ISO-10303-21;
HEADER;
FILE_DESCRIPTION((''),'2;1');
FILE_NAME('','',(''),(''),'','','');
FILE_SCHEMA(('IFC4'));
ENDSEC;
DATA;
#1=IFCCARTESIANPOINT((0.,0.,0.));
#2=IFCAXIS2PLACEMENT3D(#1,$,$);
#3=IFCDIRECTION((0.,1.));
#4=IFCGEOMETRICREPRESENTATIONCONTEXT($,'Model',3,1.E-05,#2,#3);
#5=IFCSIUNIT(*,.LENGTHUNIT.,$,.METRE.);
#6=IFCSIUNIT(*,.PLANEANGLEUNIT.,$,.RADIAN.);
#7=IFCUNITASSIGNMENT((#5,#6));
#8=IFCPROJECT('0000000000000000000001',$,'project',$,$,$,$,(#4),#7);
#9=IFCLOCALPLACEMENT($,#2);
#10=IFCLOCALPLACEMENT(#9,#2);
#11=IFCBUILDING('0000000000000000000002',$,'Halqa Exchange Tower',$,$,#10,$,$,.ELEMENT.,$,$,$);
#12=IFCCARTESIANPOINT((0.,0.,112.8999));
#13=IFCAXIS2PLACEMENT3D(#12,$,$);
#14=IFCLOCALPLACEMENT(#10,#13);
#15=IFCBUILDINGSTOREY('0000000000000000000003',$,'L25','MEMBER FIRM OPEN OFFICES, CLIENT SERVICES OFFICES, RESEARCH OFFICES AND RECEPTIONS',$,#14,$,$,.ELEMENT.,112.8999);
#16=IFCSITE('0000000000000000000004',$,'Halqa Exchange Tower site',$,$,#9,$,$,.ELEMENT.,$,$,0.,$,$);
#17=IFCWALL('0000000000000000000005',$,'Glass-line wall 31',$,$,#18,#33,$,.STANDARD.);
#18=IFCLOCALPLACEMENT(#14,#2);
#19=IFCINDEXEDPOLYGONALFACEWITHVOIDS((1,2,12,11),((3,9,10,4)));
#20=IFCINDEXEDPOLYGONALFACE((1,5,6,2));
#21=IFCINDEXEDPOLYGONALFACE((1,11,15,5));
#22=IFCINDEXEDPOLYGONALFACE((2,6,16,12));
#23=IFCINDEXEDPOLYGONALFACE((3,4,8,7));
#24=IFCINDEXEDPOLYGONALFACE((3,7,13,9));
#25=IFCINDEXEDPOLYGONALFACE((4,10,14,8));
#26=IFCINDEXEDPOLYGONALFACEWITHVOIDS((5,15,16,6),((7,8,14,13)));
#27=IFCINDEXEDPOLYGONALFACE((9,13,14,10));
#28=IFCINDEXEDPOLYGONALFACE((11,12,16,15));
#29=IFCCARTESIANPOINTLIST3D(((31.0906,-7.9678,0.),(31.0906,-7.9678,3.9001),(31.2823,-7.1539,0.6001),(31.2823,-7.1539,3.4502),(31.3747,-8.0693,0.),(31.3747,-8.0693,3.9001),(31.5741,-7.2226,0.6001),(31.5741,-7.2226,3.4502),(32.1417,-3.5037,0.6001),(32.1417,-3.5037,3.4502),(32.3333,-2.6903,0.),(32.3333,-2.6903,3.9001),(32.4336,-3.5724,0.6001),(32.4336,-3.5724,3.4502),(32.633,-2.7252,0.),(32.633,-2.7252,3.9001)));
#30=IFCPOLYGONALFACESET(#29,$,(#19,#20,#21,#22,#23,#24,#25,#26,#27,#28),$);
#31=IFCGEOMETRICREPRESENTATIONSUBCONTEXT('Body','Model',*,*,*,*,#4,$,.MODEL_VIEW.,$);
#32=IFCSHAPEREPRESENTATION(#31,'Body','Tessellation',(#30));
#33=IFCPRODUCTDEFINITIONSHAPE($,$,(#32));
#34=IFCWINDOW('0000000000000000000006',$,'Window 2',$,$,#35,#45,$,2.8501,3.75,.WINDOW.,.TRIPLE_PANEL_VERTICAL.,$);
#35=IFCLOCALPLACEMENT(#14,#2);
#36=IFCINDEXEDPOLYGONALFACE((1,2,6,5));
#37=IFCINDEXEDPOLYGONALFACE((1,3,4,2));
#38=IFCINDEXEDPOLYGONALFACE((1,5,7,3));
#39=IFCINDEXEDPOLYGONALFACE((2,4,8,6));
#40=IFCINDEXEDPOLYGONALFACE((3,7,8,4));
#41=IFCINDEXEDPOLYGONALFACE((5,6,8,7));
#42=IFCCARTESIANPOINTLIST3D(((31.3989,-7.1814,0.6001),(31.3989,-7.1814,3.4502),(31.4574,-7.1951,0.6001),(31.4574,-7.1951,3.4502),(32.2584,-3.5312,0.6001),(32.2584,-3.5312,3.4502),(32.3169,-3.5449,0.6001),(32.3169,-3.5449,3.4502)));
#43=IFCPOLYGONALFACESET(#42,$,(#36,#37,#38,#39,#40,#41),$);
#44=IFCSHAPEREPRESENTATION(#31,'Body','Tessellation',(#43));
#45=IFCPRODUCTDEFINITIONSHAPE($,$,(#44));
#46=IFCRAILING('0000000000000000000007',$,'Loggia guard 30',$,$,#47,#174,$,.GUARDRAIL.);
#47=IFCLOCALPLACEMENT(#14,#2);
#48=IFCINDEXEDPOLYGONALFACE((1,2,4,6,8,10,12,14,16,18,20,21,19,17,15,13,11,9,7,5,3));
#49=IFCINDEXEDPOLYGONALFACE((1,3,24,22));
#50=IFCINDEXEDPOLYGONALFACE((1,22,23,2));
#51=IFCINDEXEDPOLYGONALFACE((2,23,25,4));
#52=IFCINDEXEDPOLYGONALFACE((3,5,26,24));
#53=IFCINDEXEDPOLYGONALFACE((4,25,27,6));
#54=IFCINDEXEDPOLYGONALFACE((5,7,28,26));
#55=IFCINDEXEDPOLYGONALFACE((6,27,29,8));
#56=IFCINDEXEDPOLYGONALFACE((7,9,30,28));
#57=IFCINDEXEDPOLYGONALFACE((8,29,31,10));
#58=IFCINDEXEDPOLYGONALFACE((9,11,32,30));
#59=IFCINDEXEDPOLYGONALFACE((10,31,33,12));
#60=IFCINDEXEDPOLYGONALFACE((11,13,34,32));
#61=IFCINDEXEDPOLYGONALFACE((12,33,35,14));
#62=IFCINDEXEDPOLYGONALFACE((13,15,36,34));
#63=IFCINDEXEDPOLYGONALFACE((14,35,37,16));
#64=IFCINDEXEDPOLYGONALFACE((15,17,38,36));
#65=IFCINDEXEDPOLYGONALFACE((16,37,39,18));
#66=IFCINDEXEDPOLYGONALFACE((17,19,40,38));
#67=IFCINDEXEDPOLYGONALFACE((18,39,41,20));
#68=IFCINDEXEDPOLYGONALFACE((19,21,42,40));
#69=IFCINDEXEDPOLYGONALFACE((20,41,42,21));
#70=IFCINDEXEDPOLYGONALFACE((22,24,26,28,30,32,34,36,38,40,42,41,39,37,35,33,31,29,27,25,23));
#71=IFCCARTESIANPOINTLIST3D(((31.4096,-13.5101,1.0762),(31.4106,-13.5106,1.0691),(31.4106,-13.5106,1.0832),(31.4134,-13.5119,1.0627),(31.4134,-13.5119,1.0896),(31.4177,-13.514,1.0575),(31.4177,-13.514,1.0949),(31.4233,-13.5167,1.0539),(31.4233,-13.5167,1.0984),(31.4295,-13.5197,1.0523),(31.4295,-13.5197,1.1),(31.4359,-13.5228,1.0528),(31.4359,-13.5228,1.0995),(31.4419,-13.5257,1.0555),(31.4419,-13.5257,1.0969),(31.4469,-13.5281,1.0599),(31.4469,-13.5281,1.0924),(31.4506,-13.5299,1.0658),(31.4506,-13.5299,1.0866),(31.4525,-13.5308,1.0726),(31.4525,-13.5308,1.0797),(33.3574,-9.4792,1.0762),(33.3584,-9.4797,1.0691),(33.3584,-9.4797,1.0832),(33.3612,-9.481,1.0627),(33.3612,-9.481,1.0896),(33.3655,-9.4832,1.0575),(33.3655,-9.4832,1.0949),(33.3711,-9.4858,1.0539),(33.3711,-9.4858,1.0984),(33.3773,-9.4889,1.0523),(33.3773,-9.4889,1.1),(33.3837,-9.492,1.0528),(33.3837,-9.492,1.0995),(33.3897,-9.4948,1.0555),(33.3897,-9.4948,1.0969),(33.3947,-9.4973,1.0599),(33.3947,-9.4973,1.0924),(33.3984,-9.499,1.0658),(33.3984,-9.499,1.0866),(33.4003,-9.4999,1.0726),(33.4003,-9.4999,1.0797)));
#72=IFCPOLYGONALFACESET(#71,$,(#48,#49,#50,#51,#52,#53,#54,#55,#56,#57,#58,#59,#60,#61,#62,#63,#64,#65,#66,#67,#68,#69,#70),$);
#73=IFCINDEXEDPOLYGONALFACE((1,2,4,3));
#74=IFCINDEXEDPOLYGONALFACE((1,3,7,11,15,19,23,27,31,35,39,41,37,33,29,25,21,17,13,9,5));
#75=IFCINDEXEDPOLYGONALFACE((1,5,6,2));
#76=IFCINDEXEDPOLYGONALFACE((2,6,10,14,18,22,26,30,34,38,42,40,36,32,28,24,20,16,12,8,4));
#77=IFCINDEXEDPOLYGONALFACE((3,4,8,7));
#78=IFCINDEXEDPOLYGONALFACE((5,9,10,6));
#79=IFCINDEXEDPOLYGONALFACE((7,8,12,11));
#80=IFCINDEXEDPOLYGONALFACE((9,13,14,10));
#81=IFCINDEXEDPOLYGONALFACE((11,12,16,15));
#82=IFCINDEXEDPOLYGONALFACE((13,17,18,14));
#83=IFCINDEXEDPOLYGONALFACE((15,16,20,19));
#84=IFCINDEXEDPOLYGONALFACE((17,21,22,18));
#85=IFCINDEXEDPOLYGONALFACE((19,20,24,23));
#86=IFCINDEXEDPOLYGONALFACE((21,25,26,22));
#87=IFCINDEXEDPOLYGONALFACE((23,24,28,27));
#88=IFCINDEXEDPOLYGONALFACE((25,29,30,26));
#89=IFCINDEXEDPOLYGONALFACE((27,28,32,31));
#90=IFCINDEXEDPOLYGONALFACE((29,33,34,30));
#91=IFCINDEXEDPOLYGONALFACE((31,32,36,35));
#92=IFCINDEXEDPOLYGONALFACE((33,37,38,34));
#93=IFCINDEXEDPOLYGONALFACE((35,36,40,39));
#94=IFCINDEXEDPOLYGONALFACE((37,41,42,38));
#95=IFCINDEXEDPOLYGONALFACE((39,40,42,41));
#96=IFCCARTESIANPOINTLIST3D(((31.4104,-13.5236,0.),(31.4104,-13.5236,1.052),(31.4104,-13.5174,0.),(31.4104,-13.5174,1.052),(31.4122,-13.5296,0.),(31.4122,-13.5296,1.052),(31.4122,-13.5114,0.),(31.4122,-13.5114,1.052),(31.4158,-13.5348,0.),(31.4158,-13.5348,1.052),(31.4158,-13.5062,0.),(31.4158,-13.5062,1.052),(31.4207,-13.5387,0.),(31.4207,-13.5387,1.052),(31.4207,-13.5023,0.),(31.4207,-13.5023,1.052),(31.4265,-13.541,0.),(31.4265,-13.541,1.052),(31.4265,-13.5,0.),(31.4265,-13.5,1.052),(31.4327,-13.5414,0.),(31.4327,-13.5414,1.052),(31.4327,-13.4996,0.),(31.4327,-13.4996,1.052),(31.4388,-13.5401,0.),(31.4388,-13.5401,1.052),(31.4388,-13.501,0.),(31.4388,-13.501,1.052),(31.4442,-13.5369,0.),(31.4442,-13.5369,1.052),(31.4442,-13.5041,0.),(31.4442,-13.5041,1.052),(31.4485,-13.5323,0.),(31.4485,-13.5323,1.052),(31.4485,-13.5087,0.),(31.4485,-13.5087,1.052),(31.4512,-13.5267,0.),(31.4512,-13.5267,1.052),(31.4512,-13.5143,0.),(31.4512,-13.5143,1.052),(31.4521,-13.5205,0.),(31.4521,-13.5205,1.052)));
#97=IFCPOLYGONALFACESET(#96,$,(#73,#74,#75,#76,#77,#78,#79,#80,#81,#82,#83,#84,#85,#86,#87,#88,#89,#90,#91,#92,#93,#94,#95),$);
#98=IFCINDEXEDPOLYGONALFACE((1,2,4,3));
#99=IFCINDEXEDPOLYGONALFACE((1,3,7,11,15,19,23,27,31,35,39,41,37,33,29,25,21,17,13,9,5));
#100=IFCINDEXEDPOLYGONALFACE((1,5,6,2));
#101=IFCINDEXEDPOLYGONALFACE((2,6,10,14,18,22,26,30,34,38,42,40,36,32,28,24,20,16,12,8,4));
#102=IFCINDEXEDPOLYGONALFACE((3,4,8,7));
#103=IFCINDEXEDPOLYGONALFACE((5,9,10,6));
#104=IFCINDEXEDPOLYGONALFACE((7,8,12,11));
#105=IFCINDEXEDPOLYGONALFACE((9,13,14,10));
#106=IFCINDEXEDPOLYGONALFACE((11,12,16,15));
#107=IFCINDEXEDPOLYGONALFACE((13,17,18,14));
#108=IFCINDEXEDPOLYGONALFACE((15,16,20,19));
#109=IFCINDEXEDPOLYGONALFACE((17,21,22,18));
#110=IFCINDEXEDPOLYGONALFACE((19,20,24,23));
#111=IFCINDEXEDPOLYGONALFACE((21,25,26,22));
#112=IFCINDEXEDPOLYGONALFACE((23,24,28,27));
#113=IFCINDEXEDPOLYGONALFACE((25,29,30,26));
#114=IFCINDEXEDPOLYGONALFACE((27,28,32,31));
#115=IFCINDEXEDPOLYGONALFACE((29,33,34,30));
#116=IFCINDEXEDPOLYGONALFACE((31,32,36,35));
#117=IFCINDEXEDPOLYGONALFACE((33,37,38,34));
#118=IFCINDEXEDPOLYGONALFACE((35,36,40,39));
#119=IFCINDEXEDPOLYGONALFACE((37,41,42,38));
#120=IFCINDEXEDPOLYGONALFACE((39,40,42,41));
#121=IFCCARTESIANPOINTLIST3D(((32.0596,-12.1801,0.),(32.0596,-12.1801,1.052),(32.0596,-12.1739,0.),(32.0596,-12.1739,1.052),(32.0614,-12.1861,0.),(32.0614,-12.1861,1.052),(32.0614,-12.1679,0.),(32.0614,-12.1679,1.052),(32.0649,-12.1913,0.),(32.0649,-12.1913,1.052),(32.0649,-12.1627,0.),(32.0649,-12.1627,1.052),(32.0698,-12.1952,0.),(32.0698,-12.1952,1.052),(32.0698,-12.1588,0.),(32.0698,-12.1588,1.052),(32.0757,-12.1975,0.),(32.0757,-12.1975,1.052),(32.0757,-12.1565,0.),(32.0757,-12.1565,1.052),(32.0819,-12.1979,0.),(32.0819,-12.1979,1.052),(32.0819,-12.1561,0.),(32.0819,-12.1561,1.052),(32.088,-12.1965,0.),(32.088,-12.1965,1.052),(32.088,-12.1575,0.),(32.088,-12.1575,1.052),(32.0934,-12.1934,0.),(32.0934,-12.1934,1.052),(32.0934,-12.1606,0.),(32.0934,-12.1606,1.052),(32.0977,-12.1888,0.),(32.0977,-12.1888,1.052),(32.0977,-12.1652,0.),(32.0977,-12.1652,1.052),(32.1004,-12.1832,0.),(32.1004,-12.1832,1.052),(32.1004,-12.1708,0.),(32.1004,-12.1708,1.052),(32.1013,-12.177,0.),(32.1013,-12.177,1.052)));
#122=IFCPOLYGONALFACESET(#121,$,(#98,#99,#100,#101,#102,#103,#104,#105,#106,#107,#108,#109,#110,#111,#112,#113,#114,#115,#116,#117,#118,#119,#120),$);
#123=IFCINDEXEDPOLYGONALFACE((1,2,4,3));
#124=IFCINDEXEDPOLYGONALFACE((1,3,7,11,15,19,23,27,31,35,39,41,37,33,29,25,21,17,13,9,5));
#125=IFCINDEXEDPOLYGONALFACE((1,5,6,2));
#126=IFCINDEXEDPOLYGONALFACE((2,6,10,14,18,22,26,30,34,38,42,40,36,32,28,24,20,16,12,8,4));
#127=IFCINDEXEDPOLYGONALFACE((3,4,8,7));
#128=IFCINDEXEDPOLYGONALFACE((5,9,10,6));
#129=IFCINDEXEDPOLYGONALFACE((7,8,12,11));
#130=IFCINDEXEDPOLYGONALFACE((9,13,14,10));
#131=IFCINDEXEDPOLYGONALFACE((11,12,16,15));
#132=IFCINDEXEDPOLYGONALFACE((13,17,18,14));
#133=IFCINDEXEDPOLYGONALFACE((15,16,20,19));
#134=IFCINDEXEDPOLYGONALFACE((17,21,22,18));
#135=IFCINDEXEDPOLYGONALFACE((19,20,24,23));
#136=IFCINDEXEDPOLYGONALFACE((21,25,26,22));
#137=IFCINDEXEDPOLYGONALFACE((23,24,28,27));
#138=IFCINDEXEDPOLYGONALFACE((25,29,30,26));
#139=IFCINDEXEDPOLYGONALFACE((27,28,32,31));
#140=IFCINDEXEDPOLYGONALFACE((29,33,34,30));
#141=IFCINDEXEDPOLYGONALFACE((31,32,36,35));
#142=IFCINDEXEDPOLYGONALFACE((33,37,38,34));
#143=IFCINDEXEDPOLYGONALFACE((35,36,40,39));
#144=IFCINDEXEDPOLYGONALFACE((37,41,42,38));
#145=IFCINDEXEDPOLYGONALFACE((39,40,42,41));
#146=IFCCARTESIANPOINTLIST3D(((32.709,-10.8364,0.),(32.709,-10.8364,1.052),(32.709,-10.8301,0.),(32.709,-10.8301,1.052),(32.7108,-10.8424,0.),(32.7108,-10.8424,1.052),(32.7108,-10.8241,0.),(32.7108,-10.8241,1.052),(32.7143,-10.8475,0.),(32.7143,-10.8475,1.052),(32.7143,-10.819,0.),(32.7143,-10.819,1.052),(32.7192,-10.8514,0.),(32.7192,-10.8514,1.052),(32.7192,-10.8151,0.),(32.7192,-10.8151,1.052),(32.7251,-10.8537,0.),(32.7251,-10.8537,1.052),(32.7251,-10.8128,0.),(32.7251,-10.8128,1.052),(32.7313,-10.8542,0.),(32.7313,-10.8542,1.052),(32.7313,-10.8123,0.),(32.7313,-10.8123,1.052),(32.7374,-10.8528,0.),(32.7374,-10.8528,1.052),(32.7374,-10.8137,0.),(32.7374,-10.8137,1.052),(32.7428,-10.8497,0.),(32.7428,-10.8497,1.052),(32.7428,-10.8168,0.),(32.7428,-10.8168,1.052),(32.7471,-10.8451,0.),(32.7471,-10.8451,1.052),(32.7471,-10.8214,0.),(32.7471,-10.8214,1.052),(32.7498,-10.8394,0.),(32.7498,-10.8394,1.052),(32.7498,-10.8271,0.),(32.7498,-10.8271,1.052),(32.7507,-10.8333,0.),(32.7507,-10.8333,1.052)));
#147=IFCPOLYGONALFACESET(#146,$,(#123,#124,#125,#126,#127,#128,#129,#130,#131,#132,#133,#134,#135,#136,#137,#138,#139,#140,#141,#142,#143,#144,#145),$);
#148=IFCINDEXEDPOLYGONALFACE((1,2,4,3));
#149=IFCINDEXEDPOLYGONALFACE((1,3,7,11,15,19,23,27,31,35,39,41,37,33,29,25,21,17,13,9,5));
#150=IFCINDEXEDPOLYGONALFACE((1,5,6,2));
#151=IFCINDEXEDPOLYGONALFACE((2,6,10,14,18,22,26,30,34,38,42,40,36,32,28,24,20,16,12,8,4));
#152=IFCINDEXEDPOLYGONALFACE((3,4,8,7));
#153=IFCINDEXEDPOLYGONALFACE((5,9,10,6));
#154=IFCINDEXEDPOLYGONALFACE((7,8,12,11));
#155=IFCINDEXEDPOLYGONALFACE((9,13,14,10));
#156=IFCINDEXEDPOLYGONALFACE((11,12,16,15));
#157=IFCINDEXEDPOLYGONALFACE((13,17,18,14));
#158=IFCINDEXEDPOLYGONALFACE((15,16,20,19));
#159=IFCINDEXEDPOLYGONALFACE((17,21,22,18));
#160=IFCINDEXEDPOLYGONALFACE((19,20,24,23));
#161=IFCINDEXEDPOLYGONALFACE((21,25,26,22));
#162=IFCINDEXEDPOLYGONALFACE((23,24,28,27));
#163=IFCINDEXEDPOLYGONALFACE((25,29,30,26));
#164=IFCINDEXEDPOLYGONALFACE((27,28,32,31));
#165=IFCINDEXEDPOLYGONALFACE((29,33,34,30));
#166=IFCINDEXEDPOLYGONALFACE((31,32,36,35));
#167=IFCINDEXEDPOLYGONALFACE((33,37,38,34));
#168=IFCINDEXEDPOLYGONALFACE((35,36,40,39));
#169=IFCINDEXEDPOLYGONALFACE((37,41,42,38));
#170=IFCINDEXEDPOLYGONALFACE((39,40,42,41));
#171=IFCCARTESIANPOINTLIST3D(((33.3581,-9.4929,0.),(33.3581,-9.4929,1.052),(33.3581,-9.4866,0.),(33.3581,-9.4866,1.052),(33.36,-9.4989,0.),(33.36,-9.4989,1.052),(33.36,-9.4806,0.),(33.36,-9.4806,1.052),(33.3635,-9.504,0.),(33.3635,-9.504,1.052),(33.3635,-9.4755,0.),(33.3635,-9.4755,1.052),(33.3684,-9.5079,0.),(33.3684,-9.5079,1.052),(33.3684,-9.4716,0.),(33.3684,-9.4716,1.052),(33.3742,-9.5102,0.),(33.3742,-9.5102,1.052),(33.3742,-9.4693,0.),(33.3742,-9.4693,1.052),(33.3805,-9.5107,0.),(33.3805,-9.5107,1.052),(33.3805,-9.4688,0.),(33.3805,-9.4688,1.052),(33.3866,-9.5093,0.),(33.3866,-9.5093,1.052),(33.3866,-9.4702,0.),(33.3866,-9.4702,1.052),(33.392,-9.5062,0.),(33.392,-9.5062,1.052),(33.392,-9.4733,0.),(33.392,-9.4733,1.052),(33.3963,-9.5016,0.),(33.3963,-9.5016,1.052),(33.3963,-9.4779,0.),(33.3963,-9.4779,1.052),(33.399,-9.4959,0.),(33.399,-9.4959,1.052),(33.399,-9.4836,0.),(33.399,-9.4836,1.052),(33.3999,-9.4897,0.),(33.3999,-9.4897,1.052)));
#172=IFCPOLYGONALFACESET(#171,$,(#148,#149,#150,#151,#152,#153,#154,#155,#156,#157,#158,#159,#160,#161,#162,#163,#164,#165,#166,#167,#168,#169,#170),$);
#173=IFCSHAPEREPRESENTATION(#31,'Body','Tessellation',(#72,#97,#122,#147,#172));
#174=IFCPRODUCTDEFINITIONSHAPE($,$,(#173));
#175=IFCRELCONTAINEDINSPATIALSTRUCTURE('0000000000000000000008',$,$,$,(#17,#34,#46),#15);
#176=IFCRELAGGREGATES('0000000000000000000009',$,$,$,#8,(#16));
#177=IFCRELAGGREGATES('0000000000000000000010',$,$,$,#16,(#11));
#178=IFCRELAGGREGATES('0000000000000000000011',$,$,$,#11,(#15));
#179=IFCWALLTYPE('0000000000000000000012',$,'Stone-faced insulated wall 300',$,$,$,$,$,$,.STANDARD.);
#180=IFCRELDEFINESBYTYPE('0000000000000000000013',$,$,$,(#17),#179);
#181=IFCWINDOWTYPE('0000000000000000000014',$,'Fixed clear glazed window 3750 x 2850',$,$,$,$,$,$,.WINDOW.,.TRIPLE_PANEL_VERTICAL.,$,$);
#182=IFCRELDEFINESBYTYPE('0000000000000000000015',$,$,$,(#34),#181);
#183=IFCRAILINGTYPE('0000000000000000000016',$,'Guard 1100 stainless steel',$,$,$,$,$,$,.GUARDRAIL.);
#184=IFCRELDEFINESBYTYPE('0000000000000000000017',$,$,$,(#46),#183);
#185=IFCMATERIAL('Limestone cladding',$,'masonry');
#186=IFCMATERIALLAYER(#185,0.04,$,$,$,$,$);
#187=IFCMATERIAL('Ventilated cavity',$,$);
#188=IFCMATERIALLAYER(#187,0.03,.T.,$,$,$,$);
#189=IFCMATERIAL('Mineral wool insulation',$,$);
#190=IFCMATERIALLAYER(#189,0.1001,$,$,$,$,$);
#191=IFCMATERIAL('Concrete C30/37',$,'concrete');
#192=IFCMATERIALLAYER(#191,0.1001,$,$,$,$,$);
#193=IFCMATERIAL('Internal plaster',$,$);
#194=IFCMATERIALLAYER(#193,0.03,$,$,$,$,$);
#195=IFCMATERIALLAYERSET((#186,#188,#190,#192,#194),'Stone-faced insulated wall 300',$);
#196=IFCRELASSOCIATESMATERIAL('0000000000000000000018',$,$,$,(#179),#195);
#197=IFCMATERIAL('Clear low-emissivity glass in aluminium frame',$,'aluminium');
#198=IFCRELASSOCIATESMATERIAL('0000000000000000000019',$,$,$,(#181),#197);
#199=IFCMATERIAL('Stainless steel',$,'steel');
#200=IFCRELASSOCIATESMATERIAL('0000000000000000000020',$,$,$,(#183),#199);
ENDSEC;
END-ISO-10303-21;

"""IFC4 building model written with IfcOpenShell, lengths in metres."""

from ifc_helpers import new_model, si_unit, direction, frame, frame_2d, origin, origin_2d, place, context, subcontext, project, spatial, polyline, rectangle, circle, outline, extrude, material, layer, layer_set, type_object, element, fill, save


model = new_model("IFC4")

# Units and contexts
model_context = context("Model", 3, precision=1e-05, world=origin(), true_north=direction((0.0, 1.0)))
body_context = subcontext(model_context, "Body", "Model", "MODEL_VIEW")
ifc_project = project(units=[si_unit("LENGTHUNIT", "METRE"), si_unit("PLANEANGLEUNIT", "RADIAN")], contexts=[model_context])

# Site, building, storey
site_placement = place(None, origin())
site = spatial("IfcSite", under=ifc_project, at=site_placement, Name="Halqa Exchange Tower site", CompositionType="ELEMENT", RefElevation=0.0)
building_placement = place(site_placement, origin())
building = spatial("IfcBuilding", under=site, at=building_placement, Name="Halqa Exchange Tower", CompositionType="ELEMENT")
storey_placement = place(building_placement, frame((0.0, 0.0, 112.8999)))
storey = spatial("IfcBuildingStorey", under=building, at=storey_placement, Name="L25", Description="MEMBER FIRM OPEN OFFICES, CLIENT SERVICES OFFICES, RESEARCH OFFICES AND RECEPTIONS", CompositionType="ELEMENT", Elevation=112.8999)

# Wall, opening, window
ifc_material_1 = material(Name="Limestone cladding", Category="masonry")
ifc_layer_1 = layer(ifc_material_1, 0.04)
ifc_material_2 = material(Name="Ventilated cavity")
ifc_layer_2 = layer(ifc_material_2, 0.03, ventilated=True)
ifc_material_3 = material(Name="Mineral wool insulation")
ifc_layer_3 = layer(ifc_material_3, 0.1001)
ifc_material_4 = material(Name="Concrete C30/37", Category="concrete")
ifc_layer_4 = layer(ifc_material_4, 0.1001)
ifc_material_5 = material(Name="Internal plaster")
ifc_layer_5 = layer(ifc_material_5, 0.03)
ifc_layer_set_1 = layer_set([ifc_layer_1, ifc_layer_2, ifc_layer_3, ifc_layer_4, ifc_layer_5], Name="Stone-faced insulated wall 300")
wall_type_1 = type_object("IfcWallType", Name="Stone-faced insulated wall 300", PredefinedType="STANDARD", material=ifc_layer_set_1)
ifc_material_6 = material(Name="Clear low-emissivity glass in aluminium frame", Category="aluminium")
window_type = type_object("IfcWindowType", Name="Fixed clear glazed window 3750 x 2850", PartitioningType="TRIPLE_PANEL_VERTICAL", PredefinedType="WINDOW", material=ifc_material_6)
wall_1_placement = place(storey_placement, frame((31.2327, -8.0186, 0.0), z_axis=(0.0, 0.0, 1.0), x_axis=(0.229194, 0.973381, 0.0)))
wall_1 = element("IfcWall", 1, at=wall_1_placement, inside=storey, type_object=wall_type_1, Name="Glass-line wall 31", PredefinedType="STANDARD", context=body_context, shape_type="SweptSolid", body=[
    extrude(outline(polyline([(-0.0168, -0.1499), (5.4734, -0.1499), (5.4387, 0.1499), (0.0168, 0.1499), (-0.0168, -0.1499)])), origin(), (0.0, 0.0, 1.0), 3.9001),
])
opening_1_placement = place(wall_1_placement, frame((0.853, 0.0, 0.6001)))
opening_1 = element("IfcOpeningElement", 2, at=opening_1_placement, cuts=wall_1, PredefinedType="OPENING", context=body_context, shape_type="SweptSolid", body=[
    extrude(rectangle(XDim=3.75, YDim=2.8501, at=frame_2d((1.875, 1.425))), frame((0.0, 0.1621, 0.0), z_axis=(0.0, -1.0, 0.0), x_axis=(1.0, 0.0, 0.0)), (0.0, 0.0, 1.0), 0.324),
])
window_1_placement = place(opening_1_placement, origin())
window_1 = element("IfcWindow", 3, at=window_1_placement, inside=storey, type_object=window_type, Name="Window 2", OverallHeight=2.8501, OverallWidth=3.75, PartitioningType="TRIPLE_PANEL_VERTICAL", PredefinedType="WINDOW", context=body_context, shape_type="SweptSolid", body=[
    extrude(rectangle(XDim=3.75, YDim=2.8501, at=frame_2d((1.875, 1.425))), frame((0.0, 0.03, 0.0), z_axis=(0.0, -1.0, 0.0), x_axis=(1.0, 0.0, 0.0)), (0.0, 0.0, 1.0), 0.0601),
])
fill(opening_1, window_1)

# Railing
ifc_material_7 = material(Name="Stainless steel", Category="steel")
railing_type = type_object("IfcRailingType", Name="Guard 1100 stainless steel", PredefinedType="GUARDRAIL", material=ifc_material_7)
railing_1_placement = place(storey_placement, frame((31.4312, -13.5205, 0.0)))
element("IfcRailing", 4, at=railing_1_placement, inside=storey, type_object=railing_type, Name="Loggia guard 30", PredefinedType="GUARDRAIL", context=body_context, shape_type="SweptSolid", body=[
    extrude(circle(Radius=0.0239, at=origin_2d()), frame((0.0, 0.0, 1.0762), z_axis=(0.435088, 0.900388, 0.0), x_axis=(-0.900388, 0.435088, 0.0)), (0.0, 0.0, 1.0), 4.4768),
    extrude(circle(Radius=0.021, at=origin_2d()), origin(), (0.0, 0.0, 1.0), 1.052),
    extrude(circle(Radius=0.021, at=origin_2d()), frame((0.6492, 1.3435, 0.0)), (0.0, 0.0, 1.0), 1.052),
    extrude(circle(Radius=0.021, at=origin_2d()), frame((1.2986, 2.6873, 0.0)), (0.0, 0.0, 1.0), 1.052),
    extrude(circle(Radius=0.021, at=origin_2d()), frame((1.9478, 4.0308, 0.0)), (0.0, 0.0, 1.0), 1.052),
])

save(model, "model.ifc")
